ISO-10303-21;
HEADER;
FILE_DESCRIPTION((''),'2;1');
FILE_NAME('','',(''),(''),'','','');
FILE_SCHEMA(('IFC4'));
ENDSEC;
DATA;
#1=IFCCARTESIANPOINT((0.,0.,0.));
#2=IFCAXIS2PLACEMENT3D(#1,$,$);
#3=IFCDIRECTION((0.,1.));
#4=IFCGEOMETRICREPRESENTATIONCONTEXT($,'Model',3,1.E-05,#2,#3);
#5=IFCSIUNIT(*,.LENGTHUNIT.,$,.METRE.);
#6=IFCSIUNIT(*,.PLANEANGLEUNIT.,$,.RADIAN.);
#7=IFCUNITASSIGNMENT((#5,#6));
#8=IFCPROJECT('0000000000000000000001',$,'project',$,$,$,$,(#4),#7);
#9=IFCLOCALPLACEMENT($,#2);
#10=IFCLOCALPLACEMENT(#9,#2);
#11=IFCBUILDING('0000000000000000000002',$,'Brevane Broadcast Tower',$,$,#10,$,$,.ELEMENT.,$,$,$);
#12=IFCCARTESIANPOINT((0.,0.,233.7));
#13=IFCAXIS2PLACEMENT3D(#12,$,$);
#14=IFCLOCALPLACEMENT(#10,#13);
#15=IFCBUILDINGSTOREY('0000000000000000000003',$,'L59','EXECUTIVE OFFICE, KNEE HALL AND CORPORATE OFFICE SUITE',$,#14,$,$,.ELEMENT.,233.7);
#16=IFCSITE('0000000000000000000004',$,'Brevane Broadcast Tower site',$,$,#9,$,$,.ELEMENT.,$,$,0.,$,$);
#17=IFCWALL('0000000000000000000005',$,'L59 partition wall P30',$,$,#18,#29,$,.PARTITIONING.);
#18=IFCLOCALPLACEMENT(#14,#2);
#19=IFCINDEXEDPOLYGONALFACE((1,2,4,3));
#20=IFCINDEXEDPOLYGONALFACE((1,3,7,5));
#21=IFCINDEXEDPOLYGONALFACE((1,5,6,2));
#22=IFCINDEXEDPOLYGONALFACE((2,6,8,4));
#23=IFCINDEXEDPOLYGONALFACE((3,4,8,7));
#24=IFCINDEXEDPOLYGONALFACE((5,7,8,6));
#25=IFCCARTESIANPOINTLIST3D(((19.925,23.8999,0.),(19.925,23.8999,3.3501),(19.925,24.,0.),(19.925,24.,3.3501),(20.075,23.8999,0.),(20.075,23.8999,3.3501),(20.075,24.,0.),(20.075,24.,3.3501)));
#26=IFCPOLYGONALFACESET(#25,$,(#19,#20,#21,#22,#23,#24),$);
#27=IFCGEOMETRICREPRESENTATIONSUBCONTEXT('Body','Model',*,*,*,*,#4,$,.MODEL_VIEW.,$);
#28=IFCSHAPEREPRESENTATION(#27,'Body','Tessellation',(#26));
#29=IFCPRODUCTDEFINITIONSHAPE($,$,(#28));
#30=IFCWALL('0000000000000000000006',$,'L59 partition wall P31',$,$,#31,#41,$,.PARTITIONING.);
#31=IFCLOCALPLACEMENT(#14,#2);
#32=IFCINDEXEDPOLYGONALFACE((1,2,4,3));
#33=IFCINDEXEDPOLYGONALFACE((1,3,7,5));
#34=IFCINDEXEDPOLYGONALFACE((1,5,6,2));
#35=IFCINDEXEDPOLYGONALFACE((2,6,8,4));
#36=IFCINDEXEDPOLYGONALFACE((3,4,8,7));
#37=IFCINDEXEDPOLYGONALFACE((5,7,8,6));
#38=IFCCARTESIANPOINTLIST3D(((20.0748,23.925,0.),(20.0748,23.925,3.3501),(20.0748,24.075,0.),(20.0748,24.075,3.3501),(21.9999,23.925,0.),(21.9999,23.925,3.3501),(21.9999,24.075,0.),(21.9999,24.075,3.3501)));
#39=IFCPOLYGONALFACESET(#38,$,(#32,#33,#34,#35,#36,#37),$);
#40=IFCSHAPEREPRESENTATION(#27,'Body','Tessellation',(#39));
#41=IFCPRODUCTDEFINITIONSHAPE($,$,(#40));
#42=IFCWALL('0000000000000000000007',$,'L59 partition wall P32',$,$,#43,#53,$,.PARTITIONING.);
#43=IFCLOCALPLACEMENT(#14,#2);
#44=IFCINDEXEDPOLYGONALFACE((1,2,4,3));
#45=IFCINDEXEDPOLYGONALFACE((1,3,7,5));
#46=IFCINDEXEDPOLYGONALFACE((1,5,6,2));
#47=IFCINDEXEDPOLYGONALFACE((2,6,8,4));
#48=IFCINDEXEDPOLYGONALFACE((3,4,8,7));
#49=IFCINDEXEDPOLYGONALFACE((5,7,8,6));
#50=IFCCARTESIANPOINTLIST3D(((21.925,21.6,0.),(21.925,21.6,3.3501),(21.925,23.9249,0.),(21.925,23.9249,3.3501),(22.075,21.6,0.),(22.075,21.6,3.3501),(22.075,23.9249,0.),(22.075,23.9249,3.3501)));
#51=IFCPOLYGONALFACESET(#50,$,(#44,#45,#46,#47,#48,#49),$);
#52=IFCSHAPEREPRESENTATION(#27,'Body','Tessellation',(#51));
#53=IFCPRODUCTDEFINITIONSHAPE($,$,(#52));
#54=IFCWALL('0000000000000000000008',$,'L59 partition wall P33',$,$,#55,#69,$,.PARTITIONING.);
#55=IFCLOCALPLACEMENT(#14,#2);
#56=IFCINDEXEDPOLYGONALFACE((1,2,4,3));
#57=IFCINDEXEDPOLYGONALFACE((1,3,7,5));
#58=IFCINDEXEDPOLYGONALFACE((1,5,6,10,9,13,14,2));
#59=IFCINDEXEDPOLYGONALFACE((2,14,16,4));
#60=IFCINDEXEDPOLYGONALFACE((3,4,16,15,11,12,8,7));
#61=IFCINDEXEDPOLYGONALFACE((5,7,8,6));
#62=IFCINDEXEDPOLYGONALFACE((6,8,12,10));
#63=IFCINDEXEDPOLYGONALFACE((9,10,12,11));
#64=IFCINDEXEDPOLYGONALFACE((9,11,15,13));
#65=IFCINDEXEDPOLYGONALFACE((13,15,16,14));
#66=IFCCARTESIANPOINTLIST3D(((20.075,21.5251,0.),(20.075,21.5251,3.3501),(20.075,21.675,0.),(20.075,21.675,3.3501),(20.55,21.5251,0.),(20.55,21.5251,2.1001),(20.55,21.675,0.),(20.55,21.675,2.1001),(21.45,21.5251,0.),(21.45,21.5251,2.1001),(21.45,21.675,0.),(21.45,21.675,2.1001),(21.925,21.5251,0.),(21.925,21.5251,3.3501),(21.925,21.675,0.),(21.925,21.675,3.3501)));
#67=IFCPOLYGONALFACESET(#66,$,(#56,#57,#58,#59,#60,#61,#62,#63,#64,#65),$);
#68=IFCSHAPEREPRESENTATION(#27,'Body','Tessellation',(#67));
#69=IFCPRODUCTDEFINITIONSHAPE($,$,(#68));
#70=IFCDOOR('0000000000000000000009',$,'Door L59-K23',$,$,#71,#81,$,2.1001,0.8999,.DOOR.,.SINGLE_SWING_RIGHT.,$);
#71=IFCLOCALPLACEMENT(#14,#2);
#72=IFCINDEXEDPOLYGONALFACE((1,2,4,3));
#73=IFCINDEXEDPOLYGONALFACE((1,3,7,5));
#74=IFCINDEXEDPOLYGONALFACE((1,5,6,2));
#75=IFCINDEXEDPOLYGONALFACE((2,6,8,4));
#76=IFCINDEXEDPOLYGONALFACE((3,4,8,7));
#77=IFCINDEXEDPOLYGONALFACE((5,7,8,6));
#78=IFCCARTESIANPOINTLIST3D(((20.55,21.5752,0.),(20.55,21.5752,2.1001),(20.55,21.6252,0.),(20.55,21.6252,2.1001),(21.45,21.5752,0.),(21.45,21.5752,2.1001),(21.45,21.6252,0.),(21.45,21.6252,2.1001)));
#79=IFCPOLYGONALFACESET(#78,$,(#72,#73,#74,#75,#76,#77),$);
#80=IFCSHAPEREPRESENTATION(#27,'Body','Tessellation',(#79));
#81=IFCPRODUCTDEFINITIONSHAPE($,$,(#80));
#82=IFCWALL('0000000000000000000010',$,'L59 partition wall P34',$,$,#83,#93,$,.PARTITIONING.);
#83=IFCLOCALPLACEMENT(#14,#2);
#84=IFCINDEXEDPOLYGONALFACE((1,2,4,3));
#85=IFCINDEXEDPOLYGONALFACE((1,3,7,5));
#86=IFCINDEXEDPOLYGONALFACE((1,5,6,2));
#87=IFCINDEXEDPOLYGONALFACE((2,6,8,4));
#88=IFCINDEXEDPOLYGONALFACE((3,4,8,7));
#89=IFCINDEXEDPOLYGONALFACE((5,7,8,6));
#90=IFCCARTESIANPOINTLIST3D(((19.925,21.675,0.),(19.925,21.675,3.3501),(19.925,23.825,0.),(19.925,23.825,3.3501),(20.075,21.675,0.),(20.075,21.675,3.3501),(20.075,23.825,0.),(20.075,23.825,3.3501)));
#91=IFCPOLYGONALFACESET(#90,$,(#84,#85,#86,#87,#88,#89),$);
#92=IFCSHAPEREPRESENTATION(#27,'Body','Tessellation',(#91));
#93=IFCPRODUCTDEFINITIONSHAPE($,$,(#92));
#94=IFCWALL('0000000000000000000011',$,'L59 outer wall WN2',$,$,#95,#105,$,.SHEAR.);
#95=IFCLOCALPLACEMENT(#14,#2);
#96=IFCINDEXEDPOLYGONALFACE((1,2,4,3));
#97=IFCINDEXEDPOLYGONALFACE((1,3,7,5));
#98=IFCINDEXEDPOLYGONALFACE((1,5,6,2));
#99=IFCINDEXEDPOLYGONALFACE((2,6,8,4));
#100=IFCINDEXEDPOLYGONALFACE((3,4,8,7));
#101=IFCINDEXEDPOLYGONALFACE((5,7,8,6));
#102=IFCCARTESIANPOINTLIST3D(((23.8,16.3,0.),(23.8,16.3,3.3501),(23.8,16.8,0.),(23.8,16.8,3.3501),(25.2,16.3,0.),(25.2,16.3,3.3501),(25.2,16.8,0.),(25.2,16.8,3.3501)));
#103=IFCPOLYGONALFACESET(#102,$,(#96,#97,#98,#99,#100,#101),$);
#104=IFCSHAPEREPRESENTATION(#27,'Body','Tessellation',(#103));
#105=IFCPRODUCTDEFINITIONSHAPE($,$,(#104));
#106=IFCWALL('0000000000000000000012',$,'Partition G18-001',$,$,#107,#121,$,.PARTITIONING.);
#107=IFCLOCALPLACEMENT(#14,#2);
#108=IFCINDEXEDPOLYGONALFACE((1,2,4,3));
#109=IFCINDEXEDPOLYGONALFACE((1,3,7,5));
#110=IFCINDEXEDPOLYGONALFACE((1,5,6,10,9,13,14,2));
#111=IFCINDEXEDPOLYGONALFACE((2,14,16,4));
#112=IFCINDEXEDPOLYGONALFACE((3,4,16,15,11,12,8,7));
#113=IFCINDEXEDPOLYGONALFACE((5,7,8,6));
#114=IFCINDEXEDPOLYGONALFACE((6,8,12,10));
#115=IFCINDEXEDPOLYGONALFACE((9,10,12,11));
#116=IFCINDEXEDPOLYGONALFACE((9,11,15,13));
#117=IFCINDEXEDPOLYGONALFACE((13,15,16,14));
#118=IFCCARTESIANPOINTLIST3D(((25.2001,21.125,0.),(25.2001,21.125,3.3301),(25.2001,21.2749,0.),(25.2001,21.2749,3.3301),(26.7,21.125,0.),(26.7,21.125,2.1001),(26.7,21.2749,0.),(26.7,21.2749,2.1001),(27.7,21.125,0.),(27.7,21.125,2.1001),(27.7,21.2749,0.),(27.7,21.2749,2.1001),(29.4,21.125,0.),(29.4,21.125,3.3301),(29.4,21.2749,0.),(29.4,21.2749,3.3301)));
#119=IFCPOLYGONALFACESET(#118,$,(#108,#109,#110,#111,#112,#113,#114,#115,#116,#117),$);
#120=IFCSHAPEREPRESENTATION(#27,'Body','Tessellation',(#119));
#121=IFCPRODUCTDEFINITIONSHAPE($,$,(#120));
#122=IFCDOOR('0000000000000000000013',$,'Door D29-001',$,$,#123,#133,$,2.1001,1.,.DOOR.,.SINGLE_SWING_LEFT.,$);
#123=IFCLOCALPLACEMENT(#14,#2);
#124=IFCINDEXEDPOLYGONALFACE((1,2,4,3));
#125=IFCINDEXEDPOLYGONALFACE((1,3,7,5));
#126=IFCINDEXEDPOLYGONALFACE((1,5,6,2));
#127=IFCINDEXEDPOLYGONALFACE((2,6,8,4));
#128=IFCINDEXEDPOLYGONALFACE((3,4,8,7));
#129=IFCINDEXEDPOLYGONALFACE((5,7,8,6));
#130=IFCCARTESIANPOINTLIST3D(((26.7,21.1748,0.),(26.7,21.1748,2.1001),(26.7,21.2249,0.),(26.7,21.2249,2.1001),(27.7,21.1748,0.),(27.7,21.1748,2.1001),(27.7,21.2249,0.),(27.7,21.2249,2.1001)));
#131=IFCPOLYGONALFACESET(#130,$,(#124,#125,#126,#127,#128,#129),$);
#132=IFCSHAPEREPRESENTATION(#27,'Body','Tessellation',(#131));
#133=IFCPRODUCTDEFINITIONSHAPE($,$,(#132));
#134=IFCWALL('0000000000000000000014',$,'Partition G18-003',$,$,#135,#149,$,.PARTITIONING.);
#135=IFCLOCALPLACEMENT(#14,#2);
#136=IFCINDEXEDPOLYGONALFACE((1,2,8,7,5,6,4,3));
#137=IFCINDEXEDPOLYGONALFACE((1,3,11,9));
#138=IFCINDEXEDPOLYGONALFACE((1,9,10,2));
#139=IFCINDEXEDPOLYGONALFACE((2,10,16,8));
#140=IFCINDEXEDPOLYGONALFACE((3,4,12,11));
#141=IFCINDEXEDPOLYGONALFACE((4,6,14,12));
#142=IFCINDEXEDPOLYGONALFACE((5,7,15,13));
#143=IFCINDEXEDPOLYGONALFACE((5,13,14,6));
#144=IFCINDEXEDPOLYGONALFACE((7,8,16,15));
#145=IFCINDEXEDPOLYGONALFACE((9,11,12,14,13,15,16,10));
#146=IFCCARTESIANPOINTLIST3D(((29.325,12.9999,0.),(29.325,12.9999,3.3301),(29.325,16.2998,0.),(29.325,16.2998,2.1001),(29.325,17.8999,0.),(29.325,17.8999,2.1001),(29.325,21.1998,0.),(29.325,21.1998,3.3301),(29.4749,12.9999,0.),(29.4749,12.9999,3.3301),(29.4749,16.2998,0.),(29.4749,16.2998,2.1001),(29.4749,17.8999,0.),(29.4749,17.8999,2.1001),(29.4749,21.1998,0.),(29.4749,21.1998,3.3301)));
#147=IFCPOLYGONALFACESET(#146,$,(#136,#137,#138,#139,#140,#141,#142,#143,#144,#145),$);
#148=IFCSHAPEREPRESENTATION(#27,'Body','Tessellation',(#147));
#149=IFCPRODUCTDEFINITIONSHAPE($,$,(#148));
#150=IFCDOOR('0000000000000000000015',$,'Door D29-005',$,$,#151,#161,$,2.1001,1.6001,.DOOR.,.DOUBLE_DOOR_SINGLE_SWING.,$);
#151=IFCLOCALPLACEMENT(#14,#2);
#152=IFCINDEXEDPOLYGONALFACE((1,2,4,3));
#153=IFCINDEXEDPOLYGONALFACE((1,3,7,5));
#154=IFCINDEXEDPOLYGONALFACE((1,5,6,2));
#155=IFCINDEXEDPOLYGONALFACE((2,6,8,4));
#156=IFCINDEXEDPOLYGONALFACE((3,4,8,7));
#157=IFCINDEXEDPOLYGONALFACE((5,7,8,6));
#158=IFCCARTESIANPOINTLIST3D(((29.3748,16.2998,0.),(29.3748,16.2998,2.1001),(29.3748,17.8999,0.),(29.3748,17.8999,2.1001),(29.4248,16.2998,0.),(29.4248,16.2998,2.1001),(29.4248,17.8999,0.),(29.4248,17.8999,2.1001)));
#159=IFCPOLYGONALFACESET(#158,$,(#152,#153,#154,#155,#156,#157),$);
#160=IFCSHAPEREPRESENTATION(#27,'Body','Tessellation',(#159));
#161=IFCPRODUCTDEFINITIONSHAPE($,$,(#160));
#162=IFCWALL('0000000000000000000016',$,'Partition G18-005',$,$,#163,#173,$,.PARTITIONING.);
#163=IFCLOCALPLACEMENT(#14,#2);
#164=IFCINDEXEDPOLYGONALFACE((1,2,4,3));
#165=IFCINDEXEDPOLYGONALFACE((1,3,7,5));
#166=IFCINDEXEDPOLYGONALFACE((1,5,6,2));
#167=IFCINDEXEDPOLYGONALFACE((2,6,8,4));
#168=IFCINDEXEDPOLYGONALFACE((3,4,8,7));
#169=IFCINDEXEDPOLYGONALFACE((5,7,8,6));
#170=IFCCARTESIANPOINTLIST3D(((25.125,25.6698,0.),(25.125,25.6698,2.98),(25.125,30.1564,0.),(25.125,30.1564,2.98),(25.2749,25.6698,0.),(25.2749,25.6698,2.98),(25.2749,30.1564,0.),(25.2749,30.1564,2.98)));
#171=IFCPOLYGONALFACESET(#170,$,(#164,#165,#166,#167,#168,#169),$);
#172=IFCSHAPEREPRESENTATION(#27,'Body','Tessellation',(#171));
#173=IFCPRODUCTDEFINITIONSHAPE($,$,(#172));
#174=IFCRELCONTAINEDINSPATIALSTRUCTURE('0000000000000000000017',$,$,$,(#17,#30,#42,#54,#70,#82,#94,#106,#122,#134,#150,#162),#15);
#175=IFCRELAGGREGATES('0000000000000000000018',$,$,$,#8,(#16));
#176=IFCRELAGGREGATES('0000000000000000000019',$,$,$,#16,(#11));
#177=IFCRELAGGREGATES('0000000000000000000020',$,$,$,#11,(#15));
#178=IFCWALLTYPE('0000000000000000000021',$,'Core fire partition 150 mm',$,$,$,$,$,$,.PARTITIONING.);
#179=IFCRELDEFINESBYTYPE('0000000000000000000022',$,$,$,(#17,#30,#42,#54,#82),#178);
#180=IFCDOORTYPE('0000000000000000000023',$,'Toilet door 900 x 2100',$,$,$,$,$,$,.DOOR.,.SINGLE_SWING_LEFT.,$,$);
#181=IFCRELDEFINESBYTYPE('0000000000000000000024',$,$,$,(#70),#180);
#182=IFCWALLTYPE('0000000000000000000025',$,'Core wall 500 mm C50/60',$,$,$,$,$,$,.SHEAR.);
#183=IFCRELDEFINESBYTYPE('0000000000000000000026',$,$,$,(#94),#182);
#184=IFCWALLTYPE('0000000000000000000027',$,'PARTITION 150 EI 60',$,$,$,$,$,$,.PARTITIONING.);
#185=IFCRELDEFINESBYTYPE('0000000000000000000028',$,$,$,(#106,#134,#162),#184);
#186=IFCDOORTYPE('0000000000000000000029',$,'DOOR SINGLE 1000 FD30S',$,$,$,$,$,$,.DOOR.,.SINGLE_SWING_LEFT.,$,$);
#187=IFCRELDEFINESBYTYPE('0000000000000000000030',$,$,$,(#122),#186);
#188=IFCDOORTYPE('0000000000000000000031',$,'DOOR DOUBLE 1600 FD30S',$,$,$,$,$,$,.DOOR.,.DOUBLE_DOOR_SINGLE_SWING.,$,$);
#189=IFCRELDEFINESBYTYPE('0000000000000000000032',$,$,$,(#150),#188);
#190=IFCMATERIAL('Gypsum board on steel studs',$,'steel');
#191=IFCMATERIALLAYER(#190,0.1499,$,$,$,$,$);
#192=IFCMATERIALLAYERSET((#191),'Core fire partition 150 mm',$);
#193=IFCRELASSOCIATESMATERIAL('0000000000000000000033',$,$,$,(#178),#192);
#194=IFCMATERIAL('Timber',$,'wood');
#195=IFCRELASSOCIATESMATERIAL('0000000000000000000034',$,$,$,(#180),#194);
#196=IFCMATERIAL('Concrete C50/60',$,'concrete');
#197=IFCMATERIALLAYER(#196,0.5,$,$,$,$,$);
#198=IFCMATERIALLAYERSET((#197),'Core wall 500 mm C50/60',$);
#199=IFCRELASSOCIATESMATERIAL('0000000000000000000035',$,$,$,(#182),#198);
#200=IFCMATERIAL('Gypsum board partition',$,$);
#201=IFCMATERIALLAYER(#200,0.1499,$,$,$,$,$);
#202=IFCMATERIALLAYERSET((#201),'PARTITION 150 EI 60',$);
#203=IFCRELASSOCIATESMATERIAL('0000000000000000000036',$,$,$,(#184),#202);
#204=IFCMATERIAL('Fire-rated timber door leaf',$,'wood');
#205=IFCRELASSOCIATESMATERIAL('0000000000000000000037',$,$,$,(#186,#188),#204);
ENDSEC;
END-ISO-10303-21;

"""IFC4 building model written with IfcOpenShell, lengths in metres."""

from ifc_helpers import new_model, si_unit, direction, frame, frame_2d, origin, place, context, subcontext, project, spatial, rectangle, extrude, material, layer, layer_set, type_object, element, fill, save


model = new_model("IFC4")

# Units and contexts
model_context = context("Model", 3, precision=1e-05, world=origin(), true_north=direction((0.0, 1.0)))
body_context = subcontext(model_context, "Body", "Model", "MODEL_VIEW")
ifc_project = project(units=[si_unit("LENGTHUNIT", "METRE"), si_unit("PLANEANGLEUNIT", "RADIAN")], contexts=[model_context])

# Site, building, storey
site_placement = place(None, origin())
site = spatial("IfcSite", under=ifc_project, at=site_placement, Name="Brevane Broadcast Tower site", CompositionType="ELEMENT", RefElevation=0.0)
building_placement = place(site_placement, origin())
building = spatial("IfcBuilding", under=site, at=building_placement, Name="Brevane Broadcast Tower", CompositionType="ELEMENT")
storey_placement = place(building_placement, frame((0.0, 0.0, 233.7)))
storey = spatial("IfcBuildingStorey", under=building, at=storey_placement, Name="L59", Description="EXECUTIVE OFFICE, KNEE HALL AND CORPORATE OFFICE SUITE", CompositionType="ELEMENT", Elevation=233.7)

# Shared definitions
ifc_material_1 = material(Name="Concrete C50/60", Category="concrete")

# Shared definitions
ifc_material_2 = material(Name="Gypsum board on steel studs", Category="steel")
ifc_layer_1 = layer(ifc_material_2, 0.1499)
ifc_layer_set_1 = layer_set([ifc_layer_1], Name="Core fire partition 150 mm")
wall_type_1 = type_object("IfcWallType", Name="Core fire partition 150 mm", PredefinedType="PARTITIONING", material=ifc_layer_set_1)

# Walls
wall_1_placement = place(storey_placement, frame((20.0, 23.8999, 0.0), z_axis=(0.0, 0.0, 1.0), x_axis=(0.0, 1.0, 0.0)))
element("IfcWall", 1, at=wall_1_placement, inside=storey, type_object=wall_type_1, Name="L59 partition wall P30", PredefinedType="PARTITIONING", context=body_context, shape_type="SweptSolid", body=[
    extrude(rectangle(XDim=0.1001, YDim=0.1499, at=frame_2d((0.05, 0.0))), origin(), (0.0, 0.0, 1.0), 3.3501),
])
wall_2_placement = place(storey_placement, frame((20.075, 24.0, 0.0), z_axis=(0.0, 0.0, 1.0), x_axis=(1.0, 0.0, 0.0)))
element("IfcWall", 2, at=wall_2_placement, inside=storey, type_object=wall_type_1, Name="L59 partition wall P31", PredefinedType="PARTITIONING", context=body_context, shape_type="SweptSolid", body=[
    extrude(rectangle(XDim=1.925, YDim=0.1499, at=frame_2d((0.9624, 0.0))), origin(), (0.0, 0.0, 1.0), 3.3501),
])
wall_3_placement = place(storey_placement, frame((22.0, 23.925, 0.0), z_axis=(0.0, 0.0, 1.0), x_axis=(0.0, -1.0, 0.0)))
element("IfcWall", 3, at=wall_3_placement, inside=storey, type_object=wall_type_1, Name="L59 partition wall P32", PredefinedType="PARTITIONING", context=body_context, shape_type="SweptSolid", body=[
    extrude(rectangle(XDim=2.325, YDim=0.1499, at=frame_2d((1.1626, 0.0))), origin(), (0.0, 0.0, 1.0), 3.3501),
])

# Wall, opening, door
wall_4_placement = place(storey_placement, frame((21.925, 21.6001, 0.0), z_axis=(0.0, 0.0, 1.0), x_axis=(-1.0, 0.0, 0.0)))
wall_4 = element("IfcWall", 4, at=wall_4_placement, inside=storey, type_object=wall_type_1, Name="L59 partition wall P33", PredefinedType="PARTITIONING", context=body_context, shape_type="SweptSolid", body=[
    extrude(rectangle(XDim=1.8501, YDim=0.1499, at=frame_2d((0.925, 0.0))), origin(), (0.0, 0.0, 1.0), 3.3501),
])
opening_1_placement = place(wall_4_placement, frame((0.4751, 0.0, 0.0)))
opening_1 = element("IfcOpeningElement", 5, at=opening_1_placement, cuts=wall_4, PredefinedType="OPENING", context=body_context, shape_type="SweptSolid", body=[
    extrude(rectangle(XDim=0.8999, YDim=2.1001, at=frame_2d((0.45, 1.05))), frame((0.0, 0.085, 0.0), z_axis=(0.0, -1.0, 0.0), x_axis=(1.0, 0.0, 0.0)), (0.0, 0.0, 1.0), 0.1699),
])
ifc_material_3 = material(Name="Timber", Category="wood")
door_type_1 = type_object("IfcDoorType", Name="Toilet door 900 x 2100", OperationType="SINGLE_SWING_LEFT", PredefinedType="DOOR", material=ifc_material_3)
door_1_placement = place(opening_1_placement, origin())
door_1 = element("IfcDoor", 6, at=door_1_placement, inside=storey, type_object=door_type_1, Name="Door L59-K23", OperationType="SINGLE_SWING_RIGHT", OverallHeight=2.1001, OverallWidth=0.8999, PredefinedType="DOOR", context=body_context, shape_type="SweptSolid", body=[
    extrude(rectangle(XDim=0.8999, YDim=2.1001, at=frame_2d((0.45, 1.05))), frame((0.0, 0.0249, 0.0), z_axis=(0.0, -1.0, 0.0), x_axis=(1.0, 0.0, 0.0)), (0.0, 0.0, 1.0), 0.05),
])
fill(opening_1, door_1)

# Walls
wall_5_placement = place(storey_placement, frame((20.0, 21.675, 0.0), z_axis=(0.0, 0.0, 1.0), x_axis=(0.0, 1.0, 0.0)))
element("IfcWall", 7, at=wall_5_placement, inside=storey, type_object=wall_type_1, Name="L59 partition wall P34", PredefinedType="PARTITIONING", context=body_context, shape_type="SweptSolid", body=[
    extrude(rectangle(XDim=2.1499, YDim=0.1499, at=frame_2d((1.075, 0.0))), origin(), (0.0, 0.0, 1.0), 3.3501),
])
ifc_layer_2 = layer(ifc_material_1, 0.5)
ifc_layer_set_2 = layer_set([ifc_layer_2], Name="Core wall 500 mm C50/60")
wall_type_2 = type_object("IfcWallType", Name="Core wall 500 mm C50/60", PredefinedType="SHEAR", material=ifc_layer_set_2)
wall_6_placement = place(storey_placement, frame((23.8, 16.55, 0.0), z_axis=(0.0, 0.0, 1.0), x_axis=(1.0, 0.0, 0.0)))
element("IfcWall", 8, at=wall_6_placement, inside=storey, type_object=wall_type_2, Name="L59 outer wall WN2", PredefinedType="SHEAR", context=body_context, shape_type="SweptSolid", body=[
    extrude(rectangle(XDim=1.3999, YDim=0.5, at=frame_2d((0.7, 0.0))), origin(), (0.0, 0.0, 1.0), 3.3501),
])

# Walls, openings, doors
ifc_material_4 = material(Name="Gypsum board partition")
ifc_layer_3 = layer(ifc_material_4, 0.1499)
ifc_layer_set_3 = layer_set([ifc_layer_3], Name="PARTITION 150 EI 60")
wall_type_3 = type_object("IfcWallType", Name="PARTITION 150 EI 60", PredefinedType="PARTITIONING", material=ifc_layer_set_3)
wall_7_placement = place(storey_placement, frame((25.2, 21.2, 0.0), z_axis=(0.0, 0.0, 1.0), x_axis=(1.0, 0.0, 0.0)))
wall_7 = element("IfcWall", 9, at=wall_7_placement, inside=storey, type_object=wall_type_3, Name="Partition G18-001", PredefinedType="PARTITIONING", context=body_context, shape_type="SweptSolid", body=[
    extrude(rectangle(XDim=4.2, YDim=0.1499, at=frame_2d((2.1001, 0.0))), origin(), (0.0, 0.0, 1.0), 3.3301),
])
opening_2_placement = place(wall_7_placement, frame((1.5, 0.0, 0.0)))
opening_2 = element("IfcOpeningElement", 10, at=opening_2_placement, cuts=wall_7, PredefinedType="OPENING", context=body_context, shape_type="SweptSolid", body=[
    extrude(rectangle(XDim=1.0, YDim=2.1001, at=frame_2d((0.5, 1.05))), frame((0.0, 0.085, 0.0), z_axis=(0.0, -1.0, 0.0), x_axis=(1.0, 0.0, 0.0)), (0.0, 0.0, 1.0), 0.1699),
])
ifc_material_5 = material(Name="Fire-rated timber door leaf", Category="wood")
door_type_2 = type_object("IfcDoorType", Name="DOOR SINGLE 1000 FD30S", OperationType="SINGLE_SWING_LEFT", PredefinedType="DOOR", material=ifc_material_5)
door_2_placement = place(opening_2_placement, origin())
door_2 = element("IfcDoor", 11, at=door_2_placement, inside=storey, type_object=door_type_2, Name="Door D29-001", OperationType="SINGLE_SWING_LEFT", OverallHeight=2.1001, OverallWidth=1.0, PredefinedType="DOOR", context=body_context, shape_type="SweptSolid", body=[
    extrude(rectangle(XDim=1.0, YDim=2.1001, at=frame_2d((0.5, 1.05))), frame((0.0, 0.0249, 0.0), z_axis=(0.0, -1.0, 0.0), x_axis=(1.0, 0.0, 0.0)), (0.0, 0.0, 1.0), 0.05),
])
fill(opening_2, door_2)
wall_8_placement = place(storey_placement, frame((29.3999, 21.2, 0.0), z_axis=(0.0, 0.0, 1.0), x_axis=(0.0, -1.0, 0.0)))
wall_8 = element("IfcWall", 12, at=wall_8_placement, inside=storey, type_object=wall_type_3, Name="Partition G18-003", PredefinedType="PARTITIONING", context=body_context, shape_type="SweptSolid", body=[
    extrude(rectangle(XDim=8.2, YDim=0.1499, at=frame_2d((4.1001, 0.0))), origin(), (0.0, 0.0, 1.0), 3.3301),
])
opening_3_placement = place(wall_8_placement, frame((3.3, 0.0, 0.0)))
opening_3 = element("IfcOpeningElement", 13, at=opening_3_placement, cuts=wall_8, PredefinedType="OPENING", context=body_context, shape_type="SweptSolid", body=[
    extrude(rectangle(XDim=1.6001, YDim=2.1001, at=frame_2d((0.8, 1.05))), frame((0.0, 0.085, 0.0), z_axis=(0.0, -1.0, 0.0), x_axis=(1.0, 0.0, 0.0)), (0.0, 0.0, 1.0), 0.1699),
])
door_type_3 = type_object("IfcDoorType", Name="DOOR DOUBLE 1600 FD30S", OperationType="DOUBLE_DOOR_SINGLE_SWING", PredefinedType="DOOR", material=ifc_material_5)
door_3_placement = place(opening_3_placement, origin())
door_3 = element("IfcDoor", 14, at=door_3_placement, inside=storey, type_object=door_type_3, Name="Door D29-005", OperationType="DOUBLE_DOOR_SINGLE_SWING", OverallHeight=2.1001, OverallWidth=1.6001, PredefinedType="DOOR", context=body_context, shape_type="SweptSolid", body=[
    extrude(rectangle(XDim=1.6001, YDim=2.1001, at=frame_2d((0.8, 1.05))), frame((0.0, 0.0249, 0.0), z_axis=(0.0, -1.0, 0.0), x_axis=(1.0, 0.0, 0.0)), (0.0, 0.0, 1.0), 0.05),
])
fill(opening_3, door_3)

# Wall
wall_9_placement = place(storey_placement, frame((25.2, 25.6699, 0.0), z_axis=(0.0, 0.0, 1.0), x_axis=(0.0, 1.0, 0.0)))
element("IfcWall", 15, at=wall_9_placement, inside=storey, type_object=wall_type_3, Name="Partition G18-005", PredefinedType="PARTITIONING", context=body_context, shape_type="SweptSolid", body=[
    extrude(rectangle(XDim=4.4866, YDim=0.1499, at=frame_2d((2.2432, 0.0))), origin(), (0.0, 0.0, 1.0), 2.98),
])

save(model, "model.ifc")
